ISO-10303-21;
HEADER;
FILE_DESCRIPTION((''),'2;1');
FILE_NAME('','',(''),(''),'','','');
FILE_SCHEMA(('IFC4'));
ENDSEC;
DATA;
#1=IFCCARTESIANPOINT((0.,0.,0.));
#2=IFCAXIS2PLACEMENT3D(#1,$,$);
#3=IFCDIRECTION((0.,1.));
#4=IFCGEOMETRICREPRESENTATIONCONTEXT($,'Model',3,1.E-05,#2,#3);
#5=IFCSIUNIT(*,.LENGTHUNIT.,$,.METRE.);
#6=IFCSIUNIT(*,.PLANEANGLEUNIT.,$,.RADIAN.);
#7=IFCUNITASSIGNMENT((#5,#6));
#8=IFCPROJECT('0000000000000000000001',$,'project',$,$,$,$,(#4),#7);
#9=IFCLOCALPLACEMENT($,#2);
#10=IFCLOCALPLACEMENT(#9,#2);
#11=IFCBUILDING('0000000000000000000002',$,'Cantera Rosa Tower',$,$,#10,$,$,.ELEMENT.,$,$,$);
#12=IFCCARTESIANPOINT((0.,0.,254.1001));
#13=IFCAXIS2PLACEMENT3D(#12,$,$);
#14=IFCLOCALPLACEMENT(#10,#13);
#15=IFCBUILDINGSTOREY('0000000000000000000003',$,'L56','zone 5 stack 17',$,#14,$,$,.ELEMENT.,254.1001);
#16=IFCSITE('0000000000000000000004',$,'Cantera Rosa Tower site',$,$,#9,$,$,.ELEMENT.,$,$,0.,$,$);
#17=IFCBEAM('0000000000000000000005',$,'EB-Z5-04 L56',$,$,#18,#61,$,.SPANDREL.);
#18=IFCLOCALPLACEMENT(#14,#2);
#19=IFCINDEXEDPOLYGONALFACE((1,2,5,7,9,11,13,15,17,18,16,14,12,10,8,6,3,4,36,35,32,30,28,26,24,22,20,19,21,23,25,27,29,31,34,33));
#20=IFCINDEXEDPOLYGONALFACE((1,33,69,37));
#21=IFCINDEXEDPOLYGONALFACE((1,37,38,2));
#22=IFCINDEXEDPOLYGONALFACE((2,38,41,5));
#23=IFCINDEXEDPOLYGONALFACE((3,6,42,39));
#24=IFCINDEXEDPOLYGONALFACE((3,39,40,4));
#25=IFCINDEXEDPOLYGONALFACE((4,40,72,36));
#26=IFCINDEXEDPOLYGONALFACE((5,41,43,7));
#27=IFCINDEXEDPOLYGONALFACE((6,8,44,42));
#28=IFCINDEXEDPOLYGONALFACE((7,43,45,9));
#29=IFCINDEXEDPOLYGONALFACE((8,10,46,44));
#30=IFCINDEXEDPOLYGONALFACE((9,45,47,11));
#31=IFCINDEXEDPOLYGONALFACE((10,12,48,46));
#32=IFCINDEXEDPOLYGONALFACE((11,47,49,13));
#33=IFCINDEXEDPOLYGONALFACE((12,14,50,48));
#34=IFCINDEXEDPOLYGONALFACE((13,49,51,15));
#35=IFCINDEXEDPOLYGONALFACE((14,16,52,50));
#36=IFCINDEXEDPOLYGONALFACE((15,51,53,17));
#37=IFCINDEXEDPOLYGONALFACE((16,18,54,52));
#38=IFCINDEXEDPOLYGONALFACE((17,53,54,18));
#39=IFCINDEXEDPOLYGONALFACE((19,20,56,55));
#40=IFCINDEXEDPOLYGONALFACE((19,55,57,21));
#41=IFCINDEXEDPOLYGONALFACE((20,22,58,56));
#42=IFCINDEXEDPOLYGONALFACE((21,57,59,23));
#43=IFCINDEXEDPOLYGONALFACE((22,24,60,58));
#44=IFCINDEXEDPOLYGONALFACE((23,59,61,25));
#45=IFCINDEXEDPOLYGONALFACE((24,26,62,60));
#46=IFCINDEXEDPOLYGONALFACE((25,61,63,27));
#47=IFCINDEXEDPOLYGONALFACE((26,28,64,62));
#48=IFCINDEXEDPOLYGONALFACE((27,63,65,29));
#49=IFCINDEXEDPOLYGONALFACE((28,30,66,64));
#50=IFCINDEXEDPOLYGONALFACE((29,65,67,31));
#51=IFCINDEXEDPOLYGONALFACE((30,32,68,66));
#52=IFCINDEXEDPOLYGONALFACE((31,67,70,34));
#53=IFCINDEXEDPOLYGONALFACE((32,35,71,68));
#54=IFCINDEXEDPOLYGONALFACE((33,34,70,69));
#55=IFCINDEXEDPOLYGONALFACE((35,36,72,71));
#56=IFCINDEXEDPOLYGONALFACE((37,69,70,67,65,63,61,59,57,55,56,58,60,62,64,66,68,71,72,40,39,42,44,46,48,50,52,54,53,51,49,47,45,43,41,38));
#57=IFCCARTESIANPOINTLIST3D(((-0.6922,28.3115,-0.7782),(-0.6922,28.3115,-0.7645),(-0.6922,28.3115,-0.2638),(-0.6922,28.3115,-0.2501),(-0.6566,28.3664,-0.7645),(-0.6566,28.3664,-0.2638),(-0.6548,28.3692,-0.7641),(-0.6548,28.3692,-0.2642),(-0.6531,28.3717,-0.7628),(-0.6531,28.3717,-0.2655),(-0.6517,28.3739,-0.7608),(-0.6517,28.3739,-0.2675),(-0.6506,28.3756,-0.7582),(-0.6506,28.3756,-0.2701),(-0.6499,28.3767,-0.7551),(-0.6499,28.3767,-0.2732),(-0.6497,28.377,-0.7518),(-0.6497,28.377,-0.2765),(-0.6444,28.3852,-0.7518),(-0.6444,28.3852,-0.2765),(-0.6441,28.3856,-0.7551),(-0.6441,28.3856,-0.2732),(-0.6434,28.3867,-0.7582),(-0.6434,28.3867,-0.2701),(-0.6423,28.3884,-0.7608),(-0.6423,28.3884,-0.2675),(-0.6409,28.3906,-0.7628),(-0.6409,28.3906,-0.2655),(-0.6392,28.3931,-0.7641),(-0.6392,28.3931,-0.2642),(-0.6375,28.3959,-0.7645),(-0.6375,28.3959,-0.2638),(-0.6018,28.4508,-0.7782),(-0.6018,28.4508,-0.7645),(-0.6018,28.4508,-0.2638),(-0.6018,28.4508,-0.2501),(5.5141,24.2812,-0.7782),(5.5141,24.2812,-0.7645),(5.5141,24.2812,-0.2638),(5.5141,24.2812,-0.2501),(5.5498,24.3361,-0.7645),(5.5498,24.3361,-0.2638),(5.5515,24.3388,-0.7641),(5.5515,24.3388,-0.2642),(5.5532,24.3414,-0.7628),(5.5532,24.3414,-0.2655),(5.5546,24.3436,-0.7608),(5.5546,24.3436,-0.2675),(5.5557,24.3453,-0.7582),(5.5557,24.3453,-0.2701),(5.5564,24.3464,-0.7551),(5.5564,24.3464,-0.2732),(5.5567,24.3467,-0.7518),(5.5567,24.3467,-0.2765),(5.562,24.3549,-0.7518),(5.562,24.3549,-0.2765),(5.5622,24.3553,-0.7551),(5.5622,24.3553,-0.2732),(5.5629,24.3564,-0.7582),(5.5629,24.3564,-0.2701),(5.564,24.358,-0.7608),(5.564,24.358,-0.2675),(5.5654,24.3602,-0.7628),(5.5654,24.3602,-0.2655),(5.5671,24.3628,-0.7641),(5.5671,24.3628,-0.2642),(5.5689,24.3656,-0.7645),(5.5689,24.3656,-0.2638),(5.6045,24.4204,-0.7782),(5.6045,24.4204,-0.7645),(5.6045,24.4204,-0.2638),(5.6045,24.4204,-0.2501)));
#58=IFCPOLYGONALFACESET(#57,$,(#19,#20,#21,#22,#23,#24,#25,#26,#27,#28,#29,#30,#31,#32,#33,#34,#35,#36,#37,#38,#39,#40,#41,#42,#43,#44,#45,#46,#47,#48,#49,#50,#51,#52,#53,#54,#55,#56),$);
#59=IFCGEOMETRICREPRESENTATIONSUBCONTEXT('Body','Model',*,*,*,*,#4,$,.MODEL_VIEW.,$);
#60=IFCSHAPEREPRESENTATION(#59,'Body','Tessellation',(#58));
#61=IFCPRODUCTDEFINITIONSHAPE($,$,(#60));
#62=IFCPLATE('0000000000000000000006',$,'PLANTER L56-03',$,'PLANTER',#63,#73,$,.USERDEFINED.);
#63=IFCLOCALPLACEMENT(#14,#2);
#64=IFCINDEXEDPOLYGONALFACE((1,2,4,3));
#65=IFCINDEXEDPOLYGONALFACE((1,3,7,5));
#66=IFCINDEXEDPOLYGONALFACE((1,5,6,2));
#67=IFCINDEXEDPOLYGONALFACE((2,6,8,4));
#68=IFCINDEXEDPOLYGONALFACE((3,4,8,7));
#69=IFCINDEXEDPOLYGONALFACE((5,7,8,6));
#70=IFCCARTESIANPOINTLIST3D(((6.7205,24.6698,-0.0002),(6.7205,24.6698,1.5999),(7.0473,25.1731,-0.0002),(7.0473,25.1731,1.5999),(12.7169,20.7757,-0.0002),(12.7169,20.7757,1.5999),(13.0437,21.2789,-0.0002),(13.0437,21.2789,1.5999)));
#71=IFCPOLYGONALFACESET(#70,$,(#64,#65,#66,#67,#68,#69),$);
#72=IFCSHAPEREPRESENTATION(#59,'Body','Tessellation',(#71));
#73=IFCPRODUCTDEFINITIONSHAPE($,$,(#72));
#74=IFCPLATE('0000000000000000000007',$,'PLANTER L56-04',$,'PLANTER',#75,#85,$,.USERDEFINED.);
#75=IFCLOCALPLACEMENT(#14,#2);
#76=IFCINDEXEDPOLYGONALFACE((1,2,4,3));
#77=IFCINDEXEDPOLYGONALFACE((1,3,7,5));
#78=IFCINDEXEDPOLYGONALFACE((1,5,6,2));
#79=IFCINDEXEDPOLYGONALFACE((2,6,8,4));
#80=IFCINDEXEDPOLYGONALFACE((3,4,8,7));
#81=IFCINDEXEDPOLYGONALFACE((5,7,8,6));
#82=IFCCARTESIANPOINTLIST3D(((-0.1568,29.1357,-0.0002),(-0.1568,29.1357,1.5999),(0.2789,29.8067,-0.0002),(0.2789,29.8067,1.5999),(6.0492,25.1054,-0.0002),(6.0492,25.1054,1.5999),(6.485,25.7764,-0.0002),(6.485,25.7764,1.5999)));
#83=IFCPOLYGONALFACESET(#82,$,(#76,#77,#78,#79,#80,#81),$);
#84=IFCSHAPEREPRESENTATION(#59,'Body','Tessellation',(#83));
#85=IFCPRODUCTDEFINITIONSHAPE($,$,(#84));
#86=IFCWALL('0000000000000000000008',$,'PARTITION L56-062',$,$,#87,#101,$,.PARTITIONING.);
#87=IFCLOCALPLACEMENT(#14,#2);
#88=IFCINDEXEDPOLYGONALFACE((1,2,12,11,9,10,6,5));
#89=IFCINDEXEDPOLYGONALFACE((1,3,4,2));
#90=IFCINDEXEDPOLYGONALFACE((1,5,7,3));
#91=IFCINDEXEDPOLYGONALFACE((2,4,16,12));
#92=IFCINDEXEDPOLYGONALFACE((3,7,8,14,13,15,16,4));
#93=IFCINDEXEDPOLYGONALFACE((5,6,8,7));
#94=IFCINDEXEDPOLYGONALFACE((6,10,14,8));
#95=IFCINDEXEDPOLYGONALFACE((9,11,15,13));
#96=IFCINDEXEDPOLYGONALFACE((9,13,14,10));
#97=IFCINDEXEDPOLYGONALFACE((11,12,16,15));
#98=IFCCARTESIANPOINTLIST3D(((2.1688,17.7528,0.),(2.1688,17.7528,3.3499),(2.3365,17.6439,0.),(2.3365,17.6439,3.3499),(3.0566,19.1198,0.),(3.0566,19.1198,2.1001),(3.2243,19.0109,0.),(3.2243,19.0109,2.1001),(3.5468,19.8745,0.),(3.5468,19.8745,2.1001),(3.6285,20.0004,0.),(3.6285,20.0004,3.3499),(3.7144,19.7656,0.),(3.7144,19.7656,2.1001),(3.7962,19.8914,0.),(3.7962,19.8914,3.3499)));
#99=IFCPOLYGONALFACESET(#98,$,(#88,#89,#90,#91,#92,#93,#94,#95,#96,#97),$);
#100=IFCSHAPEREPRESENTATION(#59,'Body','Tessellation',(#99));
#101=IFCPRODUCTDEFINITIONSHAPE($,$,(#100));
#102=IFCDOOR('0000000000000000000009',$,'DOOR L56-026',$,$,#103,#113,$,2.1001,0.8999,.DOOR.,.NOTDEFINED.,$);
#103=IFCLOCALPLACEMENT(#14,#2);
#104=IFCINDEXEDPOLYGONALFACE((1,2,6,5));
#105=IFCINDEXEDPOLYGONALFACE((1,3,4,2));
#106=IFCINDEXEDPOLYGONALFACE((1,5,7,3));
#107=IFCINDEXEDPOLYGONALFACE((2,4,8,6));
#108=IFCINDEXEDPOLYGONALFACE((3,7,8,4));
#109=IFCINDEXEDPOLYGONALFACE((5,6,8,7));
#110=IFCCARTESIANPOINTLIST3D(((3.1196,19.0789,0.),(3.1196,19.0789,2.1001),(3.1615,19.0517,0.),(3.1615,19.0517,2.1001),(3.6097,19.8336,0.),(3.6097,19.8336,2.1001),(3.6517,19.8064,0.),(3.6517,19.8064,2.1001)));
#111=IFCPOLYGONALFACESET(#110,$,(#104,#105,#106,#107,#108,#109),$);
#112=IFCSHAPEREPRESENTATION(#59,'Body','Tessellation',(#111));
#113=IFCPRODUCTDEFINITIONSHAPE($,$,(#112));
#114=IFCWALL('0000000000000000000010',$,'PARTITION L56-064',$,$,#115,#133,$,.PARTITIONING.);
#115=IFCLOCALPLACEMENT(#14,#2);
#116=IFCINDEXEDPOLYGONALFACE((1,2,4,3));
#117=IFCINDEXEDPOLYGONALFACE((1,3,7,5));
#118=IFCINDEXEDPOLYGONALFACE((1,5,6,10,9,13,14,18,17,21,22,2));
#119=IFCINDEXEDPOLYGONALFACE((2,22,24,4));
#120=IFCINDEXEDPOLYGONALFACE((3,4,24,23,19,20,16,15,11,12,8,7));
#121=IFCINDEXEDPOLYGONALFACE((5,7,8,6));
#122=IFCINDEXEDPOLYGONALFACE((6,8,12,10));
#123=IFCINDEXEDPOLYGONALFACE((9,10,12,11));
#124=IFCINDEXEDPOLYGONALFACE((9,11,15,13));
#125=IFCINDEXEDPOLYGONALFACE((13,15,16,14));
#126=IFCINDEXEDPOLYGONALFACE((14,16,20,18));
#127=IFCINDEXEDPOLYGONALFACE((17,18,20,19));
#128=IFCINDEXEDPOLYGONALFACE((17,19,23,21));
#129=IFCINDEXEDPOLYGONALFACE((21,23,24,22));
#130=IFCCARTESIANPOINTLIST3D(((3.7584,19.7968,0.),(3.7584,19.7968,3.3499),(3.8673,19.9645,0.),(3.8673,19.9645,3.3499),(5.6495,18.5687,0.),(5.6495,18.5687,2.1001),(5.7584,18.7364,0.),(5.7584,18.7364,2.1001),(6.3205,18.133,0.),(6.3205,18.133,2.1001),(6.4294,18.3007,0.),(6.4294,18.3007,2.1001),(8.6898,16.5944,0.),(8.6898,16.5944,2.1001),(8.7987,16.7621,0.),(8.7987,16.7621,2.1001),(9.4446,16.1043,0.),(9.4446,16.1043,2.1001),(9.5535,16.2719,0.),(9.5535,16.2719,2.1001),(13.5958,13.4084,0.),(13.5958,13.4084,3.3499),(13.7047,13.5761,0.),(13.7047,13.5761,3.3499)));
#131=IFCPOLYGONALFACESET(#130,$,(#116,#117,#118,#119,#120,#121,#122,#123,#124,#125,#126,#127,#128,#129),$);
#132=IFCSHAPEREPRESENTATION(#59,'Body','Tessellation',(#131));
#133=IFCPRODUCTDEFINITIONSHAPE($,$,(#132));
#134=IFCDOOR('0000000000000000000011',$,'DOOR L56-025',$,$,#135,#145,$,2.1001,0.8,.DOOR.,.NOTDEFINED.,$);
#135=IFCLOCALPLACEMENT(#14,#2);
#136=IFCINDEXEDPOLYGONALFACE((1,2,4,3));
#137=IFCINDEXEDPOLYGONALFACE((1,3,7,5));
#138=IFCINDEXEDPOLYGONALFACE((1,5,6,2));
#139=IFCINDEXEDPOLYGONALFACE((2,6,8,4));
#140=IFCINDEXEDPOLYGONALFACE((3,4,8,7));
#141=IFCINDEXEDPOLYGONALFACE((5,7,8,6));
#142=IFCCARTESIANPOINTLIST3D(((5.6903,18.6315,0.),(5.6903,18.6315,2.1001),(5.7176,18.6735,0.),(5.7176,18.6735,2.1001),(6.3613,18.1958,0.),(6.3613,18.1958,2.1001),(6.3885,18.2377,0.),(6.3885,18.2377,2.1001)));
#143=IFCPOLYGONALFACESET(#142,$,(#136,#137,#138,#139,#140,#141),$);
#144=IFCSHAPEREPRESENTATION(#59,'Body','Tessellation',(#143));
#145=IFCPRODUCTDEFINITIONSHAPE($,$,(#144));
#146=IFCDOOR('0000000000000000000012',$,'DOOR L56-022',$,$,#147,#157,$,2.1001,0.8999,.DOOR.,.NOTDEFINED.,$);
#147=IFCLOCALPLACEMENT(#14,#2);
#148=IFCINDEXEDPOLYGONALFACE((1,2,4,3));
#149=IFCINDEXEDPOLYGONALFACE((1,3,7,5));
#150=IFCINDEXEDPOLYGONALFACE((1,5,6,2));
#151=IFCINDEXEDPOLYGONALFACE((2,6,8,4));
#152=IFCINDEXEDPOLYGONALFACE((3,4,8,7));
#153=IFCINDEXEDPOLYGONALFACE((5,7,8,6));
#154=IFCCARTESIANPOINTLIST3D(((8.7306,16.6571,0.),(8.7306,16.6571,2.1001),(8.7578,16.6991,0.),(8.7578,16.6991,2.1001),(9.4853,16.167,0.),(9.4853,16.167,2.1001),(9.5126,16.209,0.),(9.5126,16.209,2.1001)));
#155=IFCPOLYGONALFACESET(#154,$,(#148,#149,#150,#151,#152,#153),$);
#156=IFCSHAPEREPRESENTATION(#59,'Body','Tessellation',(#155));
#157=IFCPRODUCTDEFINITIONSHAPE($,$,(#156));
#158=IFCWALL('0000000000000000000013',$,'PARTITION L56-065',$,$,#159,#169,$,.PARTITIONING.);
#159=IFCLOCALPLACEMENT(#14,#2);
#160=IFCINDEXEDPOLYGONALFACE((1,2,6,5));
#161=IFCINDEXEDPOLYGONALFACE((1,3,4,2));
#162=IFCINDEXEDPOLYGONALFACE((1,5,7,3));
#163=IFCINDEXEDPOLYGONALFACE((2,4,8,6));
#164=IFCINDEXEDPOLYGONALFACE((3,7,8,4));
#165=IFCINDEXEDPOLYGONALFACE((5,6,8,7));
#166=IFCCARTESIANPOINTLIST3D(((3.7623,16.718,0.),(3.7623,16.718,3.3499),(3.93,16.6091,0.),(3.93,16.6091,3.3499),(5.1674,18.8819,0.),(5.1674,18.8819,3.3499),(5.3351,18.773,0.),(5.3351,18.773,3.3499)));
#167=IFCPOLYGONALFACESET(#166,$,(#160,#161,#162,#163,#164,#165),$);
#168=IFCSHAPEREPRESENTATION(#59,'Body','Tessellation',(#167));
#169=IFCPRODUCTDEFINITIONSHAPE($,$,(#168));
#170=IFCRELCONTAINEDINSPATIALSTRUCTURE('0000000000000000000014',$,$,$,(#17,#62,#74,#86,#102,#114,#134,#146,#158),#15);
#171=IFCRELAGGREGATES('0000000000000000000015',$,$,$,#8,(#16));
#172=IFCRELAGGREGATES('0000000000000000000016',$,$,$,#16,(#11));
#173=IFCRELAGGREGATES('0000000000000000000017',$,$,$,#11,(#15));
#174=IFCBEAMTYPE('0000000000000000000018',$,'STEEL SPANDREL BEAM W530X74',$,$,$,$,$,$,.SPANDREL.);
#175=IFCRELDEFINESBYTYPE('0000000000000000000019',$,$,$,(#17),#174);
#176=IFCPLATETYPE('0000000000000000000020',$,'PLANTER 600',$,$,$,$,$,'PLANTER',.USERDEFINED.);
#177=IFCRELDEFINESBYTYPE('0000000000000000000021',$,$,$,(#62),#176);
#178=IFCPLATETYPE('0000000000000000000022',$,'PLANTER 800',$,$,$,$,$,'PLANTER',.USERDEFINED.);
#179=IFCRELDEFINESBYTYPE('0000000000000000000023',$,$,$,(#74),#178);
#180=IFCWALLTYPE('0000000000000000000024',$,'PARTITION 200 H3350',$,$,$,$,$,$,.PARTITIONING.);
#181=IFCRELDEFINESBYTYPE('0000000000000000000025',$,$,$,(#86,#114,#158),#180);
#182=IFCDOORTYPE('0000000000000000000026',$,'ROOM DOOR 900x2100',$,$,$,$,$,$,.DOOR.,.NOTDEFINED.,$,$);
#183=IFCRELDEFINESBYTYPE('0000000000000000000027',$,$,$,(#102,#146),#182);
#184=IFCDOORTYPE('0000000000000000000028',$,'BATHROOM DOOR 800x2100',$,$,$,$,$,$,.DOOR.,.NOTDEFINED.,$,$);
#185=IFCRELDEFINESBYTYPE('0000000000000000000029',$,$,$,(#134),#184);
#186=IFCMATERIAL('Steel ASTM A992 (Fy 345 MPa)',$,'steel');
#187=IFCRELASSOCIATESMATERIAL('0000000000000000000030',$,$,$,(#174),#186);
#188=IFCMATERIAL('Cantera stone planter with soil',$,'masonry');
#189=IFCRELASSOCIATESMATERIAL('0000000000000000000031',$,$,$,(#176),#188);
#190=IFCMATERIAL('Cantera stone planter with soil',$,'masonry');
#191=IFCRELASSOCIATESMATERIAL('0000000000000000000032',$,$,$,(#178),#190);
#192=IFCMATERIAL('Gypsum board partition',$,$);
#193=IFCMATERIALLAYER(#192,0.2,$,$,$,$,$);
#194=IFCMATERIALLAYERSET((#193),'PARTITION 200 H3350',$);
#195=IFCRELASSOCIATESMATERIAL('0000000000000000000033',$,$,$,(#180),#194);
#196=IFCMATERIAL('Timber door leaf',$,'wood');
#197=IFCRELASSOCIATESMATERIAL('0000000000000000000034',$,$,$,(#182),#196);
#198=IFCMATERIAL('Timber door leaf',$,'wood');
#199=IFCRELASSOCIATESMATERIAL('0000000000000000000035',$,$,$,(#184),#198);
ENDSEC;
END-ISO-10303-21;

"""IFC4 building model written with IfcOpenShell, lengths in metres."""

from ifc_helpers import new_model, si_unit, direction, frame, frame_2d, origin, origin_2d, place, context, subcontext, project, spatial, rectangle, i_section, extrude, material, layer, layer_set, material_profile, profile_set, type_object, element, fill, save


model = new_model("IFC4")

# Units and contexts
model_context = context("Model", 3, precision=1e-05, world=origin(), true_north=direction((0.0, 1.0)))
body_context = subcontext(model_context, "Body", "Model", "MODEL_VIEW")
ifc_project = project(units=[si_unit("LENGTHUNIT", "METRE"), si_unit("PLANEANGLEUNIT", "RADIAN")], contexts=[model_context])

# Site, building, storey
site_placement = place(None, origin())
site = spatial("IfcSite", under=ifc_project, at=site_placement, Name="Cantera Rosa Tower site", CompositionType="ELEMENT", RefElevation=0.0)
building_placement = place(site_placement, origin())
building = spatial("IfcBuilding", under=site, at=building_placement, Name="Cantera Rosa Tower", CompositionType="ELEMENT")
storey_placement = place(building_placement, frame((0.0, 0.0, 254.1001)))
storey = spatial("IfcBuildingStorey", under=building, at=storey_placement, Name="L56", Description="zone 5 stack 17", CompositionType="ELEMENT", Elevation=254.1001)

# Beam
ifc_material_1 = material(Name="Steel ASTM A992 (Fy 345 MPa)", Category="steel")
ifc_material_profile_1 = material_profile(ifc_material_1, i_section(OverallWidth=0.166, OverallDepth=0.5281, WebThickness=0.0098, FlangeThickness=0.0137, FilletRadius=0.0127, at=origin_2d()), Name="W530X74")
ifc_profile_set_1 = profile_set([ifc_material_profile_1], Name="Steel ASTM A992 (Fy 345 MPa)")
beam_type_1 = type_object("IfcBeamType", Name="STEEL SPANDREL BEAM W530X74", PredefinedType="SPANDREL", material=ifc_profile_set_1)
beam_1_placement = place(storey_placement, frame((5.5593, 24.3508, -0.5142), z_axis=(-0.838679, 0.544625, 0.0), x_axis=(-0.544625, -0.838679, 0.0)))
element("IfcBeam", 1, at=beam_1_placement, inside=storey, type_object=beam_type_1, Name="EB-Z5-04 L56", PredefinedType="SPANDREL", context=body_context, shape_type="SweptSolid", body=[
    extrude(i_section(OverallWidth=0.166, OverallDepth=0.5281, WebThickness=0.0098, FlangeThickness=0.0137, FilletRadius=0.0127, at=origin_2d()), origin(), (0.0, 0.0, 1.0), 7.4001),
])

# Plates
ifc_material_2 = material(Name="Cantera stone planter with soil", Category="masonry")
plate_type_1 = type_object("IfcPlateType", Name="PLANTER 600", ElementType="PLANTER", PredefinedType="USERDEFINED", material=ifc_material_2)
plate_1_placement = place(storey_placement, frame((9.8821, 22.9744, -0.0002), z_axis=(0.0, 0.0, 1.0), x_axis=(-0.838671, 0.544639, 0.0)))
element("IfcPlate", 2, at=plate_1_placement, inside=storey, type_object=plate_type_1, Name="PLANTER L56-03", ObjectType="PLANTER", PredefinedType="USERDEFINED", context=body_context, shape_type="SweptSolid", body=[
    extrude(rectangle(XDim=7.1499, YDim=0.6001, at=origin_2d()), origin(), (0.0, 0.0, 1.0), 1.6001),
])
ifc_material_3 = material(Name="Cantera stone planter with soil", Category="masonry")
plate_type_2 = type_object("IfcPlateType", Name="PLANTER 800", ElementType="PLANTER", PredefinedType="USERDEFINED", material=ifc_material_3)
plate_2_placement = place(storey_placement, frame((3.1641, 27.4561, -0.0002), z_axis=(0.0, 0.0, 1.0), x_axis=(-0.838671, 0.544639, 0.0)))
element("IfcPlate", 3, at=plate_2_placement, inside=storey, type_object=plate_type_2, Name="PLANTER L56-04", ObjectType="PLANTER", PredefinedType="USERDEFINED", context=body_context, shape_type="SweptSolid", body=[
    extrude(rectangle(XDim=7.3999, YDim=0.8, at=origin_2d()), origin(), (0.0, 0.0, 1.0), 1.6001),
])

# Wall, opening, door
ifc_material_4 = material(Name="Gypsum board partition")
ifc_layer_1 = layer(ifc_material_4, 0.2)
ifc_layer_set_1 = layer_set([ifc_layer_1], Name="PARTITION 200 H3350")
wall_type_1 = type_object("IfcWallType", Name="PARTITION 200 H3350", PredefinedType="PARTITIONING", material=ifc_layer_set_1)
wall_1_placement = place(storey_placement, frame((2.2527, 17.6985, 0.0), z_axis=(0.0, 0.0, 1.0), x_axis=(0.544675, 0.838648, 0.0)))
wall_1 = element("IfcWall", 4, at=wall_1_placement, inside=storey, type_object=wall_type_1, Name="PARTITION L56-062", PredefinedType="PARTITIONING", context=body_context, shape_type="SweptSolid", body=[
    extrude(rectangle(XDim=2.6799, YDim=0.2, at=frame_2d((1.3398, 0.0))), origin(), (0.0, 0.0, 1.0), 3.3499),
])
opening_1_placement = place(wall_1_placement, frame((1.6299, 0.0, 0.0)))
opening_1 = element("IfcOpeningElement", 5, at=opening_1_placement, cuts=wall_1, PredefinedType="OPENING", context=body_context, shape_type="SweptSolid", body=[
    extrude(rectangle(XDim=0.8999, YDim=2.1001, at=frame_2d((0.45, 1.05))), frame((0.0, 0.1099, 0.0), z_axis=(0.0, -1.0, 0.0), x_axis=(1.0, 0.0, 0.0)), (0.0, 0.0, 1.0), 0.22),
])
ifc_material_5 = material(Name="Timber door leaf", Category="wood")
door_type_1 = type_object("IfcDoorType", Name="ROOM DOOR 900x2100", OperationType="NOTDEFINED", PredefinedType="DOOR", material=ifc_material_5)
door_1_placement = place(opening_1_placement, origin())
door_1 = element("IfcDoor", 6, at=door_1_placement, inside=storey, type_object=door_type_1, Name="DOOR L56-026", OperationType="NOTDEFINED", OverallHeight=2.1001, OverallWidth=0.8999, PredefinedType="DOOR", context=body_context, shape_type="SweptSolid", body=[
    extrude(rectangle(XDim=0.8999, YDim=2.1001, at=frame_2d((0.45, 1.05))), frame((0.0, 0.0249, 0.0), z_axis=(0.0, -1.0, 0.0), x_axis=(1.0, 0.0, 0.0)), (0.0, 0.0, 1.0), 0.05),
])
fill(opening_1, door_1)

# Wall, openings, doors
wall_2_placement = place(storey_placement, frame((3.813, 19.8806, 0.0), z_axis=(0.0, 0.0, 1.0), x_axis=(0.838673, -0.544636, 0.0)))
wall_2 = element("IfcWall", 7, at=wall_2_placement, inside=storey, type_object=wall_type_1, Name="PARTITION L56-064", PredefinedType="PARTITIONING", context=body_context, shape_type="SweptSolid", body=[
    extrude(rectangle(XDim=11.7297, YDim=0.2, at=frame_2d((5.8647, 0.0))), origin(), (0.0, 0.0, 1.0), 3.3499),
])
opening_2_placement = place(wall_2_placement, frame((5.8799, 0.0, 0.0)))
opening_2 = element("IfcOpeningElement", 8, at=opening_2_placement, cuts=wall_2, PredefinedType="OPENING", context=body_context, shape_type="SweptSolid", body=[
    extrude(rectangle(XDim=0.8999, YDim=2.1001, at=frame_2d((0.45, 1.05))), frame((0.0, 0.1099, 0.0), z_axis=(0.0, -1.0, 0.0), x_axis=(1.0, 0.0, 0.0)), (0.0, 0.0, 1.0), 0.22),
])
opening_3_placement = place(wall_2_placement, frame((2.2549, 0.0, 0.0)))
opening_3 = element("IfcOpeningElement", 9, at=opening_3_placement, cuts=wall_2, PredefinedType="OPENING", context=body_context, shape_type="SweptSolid", body=[
    extrude(rectangle(XDim=0.8, YDim=2.1001, at=frame_2d((0.3999, 1.05))), frame((0.0, 0.1099, 0.0), z_axis=(0.0, -1.0, 0.0), x_axis=(1.0, 0.0, 0.0)), (0.0, 0.0, 1.0), 0.22),
])
ifc_material_6 = material(Name="Timber door leaf", Category="wood")
door_type_2 = type_object("IfcDoorType", Name="BATHROOM DOOR 800x2100", OperationType="NOTDEFINED", PredefinedType="DOOR", material=ifc_material_6)
door_2_placement = place(opening_3_placement, origin())
door_2 = element("IfcDoor", 10, at=door_2_placement, inside=storey, type_object=door_type_2, Name="DOOR L56-025", OperationType="NOTDEFINED", OverallHeight=2.1001, OverallWidth=0.8, PredefinedType="DOOR", context=body_context, shape_type="SweptSolid", body=[
    extrude(rectangle(XDim=0.8, YDim=2.1001, at=frame_2d((0.3999, 1.05))), frame((0.0, 0.0249, 0.0), z_axis=(0.0, -1.0, 0.0), x_axis=(1.0, 0.0, 0.0)), (0.0, 0.0, 1.0), 0.05),
])
fill(opening_3, door_2)
door_3_placement = place(opening_2_placement, origin())
door_3 = element("IfcDoor", 11, at=door_3_placement, inside=storey, type_object=door_type_1, Name="DOOR L56-022", OperationType="NOTDEFINED", OverallHeight=2.1001, OverallWidth=0.8999, PredefinedType="DOOR", context=body_context, shape_type="SweptSolid", body=[
    extrude(rectangle(XDim=0.8999, YDim=2.1001, at=frame_2d((0.45, 1.05))), frame((0.0, 0.0249, 0.0), z_axis=(0.0, -1.0, 0.0), x_axis=(1.0, 0.0, 0.0)), (0.0, 0.0, 1.0), 0.05),
])
fill(opening_2, door_3)

# Wall
wall_3_placement = place(storey_placement, frame((3.8462, 16.6636, 0.0), z_axis=(0.0, 0.0, 1.0), x_axis=(0.544592, 0.838701, 0.0)))
element("IfcWall", 12, at=wall_3_placement, inside=storey, type_object=wall_type_1, Name="PARTITION L56-065", PredefinedType="PARTITIONING", context=body_context, shape_type="SweptSolid", body=[
    extrude(rectangle(XDim=2.5801, YDim=0.2, at=frame_2d((1.29, 0.0))), origin(), (0.0, 0.0, 1.0), 3.3499),
])

save(model, "model.ifc")
